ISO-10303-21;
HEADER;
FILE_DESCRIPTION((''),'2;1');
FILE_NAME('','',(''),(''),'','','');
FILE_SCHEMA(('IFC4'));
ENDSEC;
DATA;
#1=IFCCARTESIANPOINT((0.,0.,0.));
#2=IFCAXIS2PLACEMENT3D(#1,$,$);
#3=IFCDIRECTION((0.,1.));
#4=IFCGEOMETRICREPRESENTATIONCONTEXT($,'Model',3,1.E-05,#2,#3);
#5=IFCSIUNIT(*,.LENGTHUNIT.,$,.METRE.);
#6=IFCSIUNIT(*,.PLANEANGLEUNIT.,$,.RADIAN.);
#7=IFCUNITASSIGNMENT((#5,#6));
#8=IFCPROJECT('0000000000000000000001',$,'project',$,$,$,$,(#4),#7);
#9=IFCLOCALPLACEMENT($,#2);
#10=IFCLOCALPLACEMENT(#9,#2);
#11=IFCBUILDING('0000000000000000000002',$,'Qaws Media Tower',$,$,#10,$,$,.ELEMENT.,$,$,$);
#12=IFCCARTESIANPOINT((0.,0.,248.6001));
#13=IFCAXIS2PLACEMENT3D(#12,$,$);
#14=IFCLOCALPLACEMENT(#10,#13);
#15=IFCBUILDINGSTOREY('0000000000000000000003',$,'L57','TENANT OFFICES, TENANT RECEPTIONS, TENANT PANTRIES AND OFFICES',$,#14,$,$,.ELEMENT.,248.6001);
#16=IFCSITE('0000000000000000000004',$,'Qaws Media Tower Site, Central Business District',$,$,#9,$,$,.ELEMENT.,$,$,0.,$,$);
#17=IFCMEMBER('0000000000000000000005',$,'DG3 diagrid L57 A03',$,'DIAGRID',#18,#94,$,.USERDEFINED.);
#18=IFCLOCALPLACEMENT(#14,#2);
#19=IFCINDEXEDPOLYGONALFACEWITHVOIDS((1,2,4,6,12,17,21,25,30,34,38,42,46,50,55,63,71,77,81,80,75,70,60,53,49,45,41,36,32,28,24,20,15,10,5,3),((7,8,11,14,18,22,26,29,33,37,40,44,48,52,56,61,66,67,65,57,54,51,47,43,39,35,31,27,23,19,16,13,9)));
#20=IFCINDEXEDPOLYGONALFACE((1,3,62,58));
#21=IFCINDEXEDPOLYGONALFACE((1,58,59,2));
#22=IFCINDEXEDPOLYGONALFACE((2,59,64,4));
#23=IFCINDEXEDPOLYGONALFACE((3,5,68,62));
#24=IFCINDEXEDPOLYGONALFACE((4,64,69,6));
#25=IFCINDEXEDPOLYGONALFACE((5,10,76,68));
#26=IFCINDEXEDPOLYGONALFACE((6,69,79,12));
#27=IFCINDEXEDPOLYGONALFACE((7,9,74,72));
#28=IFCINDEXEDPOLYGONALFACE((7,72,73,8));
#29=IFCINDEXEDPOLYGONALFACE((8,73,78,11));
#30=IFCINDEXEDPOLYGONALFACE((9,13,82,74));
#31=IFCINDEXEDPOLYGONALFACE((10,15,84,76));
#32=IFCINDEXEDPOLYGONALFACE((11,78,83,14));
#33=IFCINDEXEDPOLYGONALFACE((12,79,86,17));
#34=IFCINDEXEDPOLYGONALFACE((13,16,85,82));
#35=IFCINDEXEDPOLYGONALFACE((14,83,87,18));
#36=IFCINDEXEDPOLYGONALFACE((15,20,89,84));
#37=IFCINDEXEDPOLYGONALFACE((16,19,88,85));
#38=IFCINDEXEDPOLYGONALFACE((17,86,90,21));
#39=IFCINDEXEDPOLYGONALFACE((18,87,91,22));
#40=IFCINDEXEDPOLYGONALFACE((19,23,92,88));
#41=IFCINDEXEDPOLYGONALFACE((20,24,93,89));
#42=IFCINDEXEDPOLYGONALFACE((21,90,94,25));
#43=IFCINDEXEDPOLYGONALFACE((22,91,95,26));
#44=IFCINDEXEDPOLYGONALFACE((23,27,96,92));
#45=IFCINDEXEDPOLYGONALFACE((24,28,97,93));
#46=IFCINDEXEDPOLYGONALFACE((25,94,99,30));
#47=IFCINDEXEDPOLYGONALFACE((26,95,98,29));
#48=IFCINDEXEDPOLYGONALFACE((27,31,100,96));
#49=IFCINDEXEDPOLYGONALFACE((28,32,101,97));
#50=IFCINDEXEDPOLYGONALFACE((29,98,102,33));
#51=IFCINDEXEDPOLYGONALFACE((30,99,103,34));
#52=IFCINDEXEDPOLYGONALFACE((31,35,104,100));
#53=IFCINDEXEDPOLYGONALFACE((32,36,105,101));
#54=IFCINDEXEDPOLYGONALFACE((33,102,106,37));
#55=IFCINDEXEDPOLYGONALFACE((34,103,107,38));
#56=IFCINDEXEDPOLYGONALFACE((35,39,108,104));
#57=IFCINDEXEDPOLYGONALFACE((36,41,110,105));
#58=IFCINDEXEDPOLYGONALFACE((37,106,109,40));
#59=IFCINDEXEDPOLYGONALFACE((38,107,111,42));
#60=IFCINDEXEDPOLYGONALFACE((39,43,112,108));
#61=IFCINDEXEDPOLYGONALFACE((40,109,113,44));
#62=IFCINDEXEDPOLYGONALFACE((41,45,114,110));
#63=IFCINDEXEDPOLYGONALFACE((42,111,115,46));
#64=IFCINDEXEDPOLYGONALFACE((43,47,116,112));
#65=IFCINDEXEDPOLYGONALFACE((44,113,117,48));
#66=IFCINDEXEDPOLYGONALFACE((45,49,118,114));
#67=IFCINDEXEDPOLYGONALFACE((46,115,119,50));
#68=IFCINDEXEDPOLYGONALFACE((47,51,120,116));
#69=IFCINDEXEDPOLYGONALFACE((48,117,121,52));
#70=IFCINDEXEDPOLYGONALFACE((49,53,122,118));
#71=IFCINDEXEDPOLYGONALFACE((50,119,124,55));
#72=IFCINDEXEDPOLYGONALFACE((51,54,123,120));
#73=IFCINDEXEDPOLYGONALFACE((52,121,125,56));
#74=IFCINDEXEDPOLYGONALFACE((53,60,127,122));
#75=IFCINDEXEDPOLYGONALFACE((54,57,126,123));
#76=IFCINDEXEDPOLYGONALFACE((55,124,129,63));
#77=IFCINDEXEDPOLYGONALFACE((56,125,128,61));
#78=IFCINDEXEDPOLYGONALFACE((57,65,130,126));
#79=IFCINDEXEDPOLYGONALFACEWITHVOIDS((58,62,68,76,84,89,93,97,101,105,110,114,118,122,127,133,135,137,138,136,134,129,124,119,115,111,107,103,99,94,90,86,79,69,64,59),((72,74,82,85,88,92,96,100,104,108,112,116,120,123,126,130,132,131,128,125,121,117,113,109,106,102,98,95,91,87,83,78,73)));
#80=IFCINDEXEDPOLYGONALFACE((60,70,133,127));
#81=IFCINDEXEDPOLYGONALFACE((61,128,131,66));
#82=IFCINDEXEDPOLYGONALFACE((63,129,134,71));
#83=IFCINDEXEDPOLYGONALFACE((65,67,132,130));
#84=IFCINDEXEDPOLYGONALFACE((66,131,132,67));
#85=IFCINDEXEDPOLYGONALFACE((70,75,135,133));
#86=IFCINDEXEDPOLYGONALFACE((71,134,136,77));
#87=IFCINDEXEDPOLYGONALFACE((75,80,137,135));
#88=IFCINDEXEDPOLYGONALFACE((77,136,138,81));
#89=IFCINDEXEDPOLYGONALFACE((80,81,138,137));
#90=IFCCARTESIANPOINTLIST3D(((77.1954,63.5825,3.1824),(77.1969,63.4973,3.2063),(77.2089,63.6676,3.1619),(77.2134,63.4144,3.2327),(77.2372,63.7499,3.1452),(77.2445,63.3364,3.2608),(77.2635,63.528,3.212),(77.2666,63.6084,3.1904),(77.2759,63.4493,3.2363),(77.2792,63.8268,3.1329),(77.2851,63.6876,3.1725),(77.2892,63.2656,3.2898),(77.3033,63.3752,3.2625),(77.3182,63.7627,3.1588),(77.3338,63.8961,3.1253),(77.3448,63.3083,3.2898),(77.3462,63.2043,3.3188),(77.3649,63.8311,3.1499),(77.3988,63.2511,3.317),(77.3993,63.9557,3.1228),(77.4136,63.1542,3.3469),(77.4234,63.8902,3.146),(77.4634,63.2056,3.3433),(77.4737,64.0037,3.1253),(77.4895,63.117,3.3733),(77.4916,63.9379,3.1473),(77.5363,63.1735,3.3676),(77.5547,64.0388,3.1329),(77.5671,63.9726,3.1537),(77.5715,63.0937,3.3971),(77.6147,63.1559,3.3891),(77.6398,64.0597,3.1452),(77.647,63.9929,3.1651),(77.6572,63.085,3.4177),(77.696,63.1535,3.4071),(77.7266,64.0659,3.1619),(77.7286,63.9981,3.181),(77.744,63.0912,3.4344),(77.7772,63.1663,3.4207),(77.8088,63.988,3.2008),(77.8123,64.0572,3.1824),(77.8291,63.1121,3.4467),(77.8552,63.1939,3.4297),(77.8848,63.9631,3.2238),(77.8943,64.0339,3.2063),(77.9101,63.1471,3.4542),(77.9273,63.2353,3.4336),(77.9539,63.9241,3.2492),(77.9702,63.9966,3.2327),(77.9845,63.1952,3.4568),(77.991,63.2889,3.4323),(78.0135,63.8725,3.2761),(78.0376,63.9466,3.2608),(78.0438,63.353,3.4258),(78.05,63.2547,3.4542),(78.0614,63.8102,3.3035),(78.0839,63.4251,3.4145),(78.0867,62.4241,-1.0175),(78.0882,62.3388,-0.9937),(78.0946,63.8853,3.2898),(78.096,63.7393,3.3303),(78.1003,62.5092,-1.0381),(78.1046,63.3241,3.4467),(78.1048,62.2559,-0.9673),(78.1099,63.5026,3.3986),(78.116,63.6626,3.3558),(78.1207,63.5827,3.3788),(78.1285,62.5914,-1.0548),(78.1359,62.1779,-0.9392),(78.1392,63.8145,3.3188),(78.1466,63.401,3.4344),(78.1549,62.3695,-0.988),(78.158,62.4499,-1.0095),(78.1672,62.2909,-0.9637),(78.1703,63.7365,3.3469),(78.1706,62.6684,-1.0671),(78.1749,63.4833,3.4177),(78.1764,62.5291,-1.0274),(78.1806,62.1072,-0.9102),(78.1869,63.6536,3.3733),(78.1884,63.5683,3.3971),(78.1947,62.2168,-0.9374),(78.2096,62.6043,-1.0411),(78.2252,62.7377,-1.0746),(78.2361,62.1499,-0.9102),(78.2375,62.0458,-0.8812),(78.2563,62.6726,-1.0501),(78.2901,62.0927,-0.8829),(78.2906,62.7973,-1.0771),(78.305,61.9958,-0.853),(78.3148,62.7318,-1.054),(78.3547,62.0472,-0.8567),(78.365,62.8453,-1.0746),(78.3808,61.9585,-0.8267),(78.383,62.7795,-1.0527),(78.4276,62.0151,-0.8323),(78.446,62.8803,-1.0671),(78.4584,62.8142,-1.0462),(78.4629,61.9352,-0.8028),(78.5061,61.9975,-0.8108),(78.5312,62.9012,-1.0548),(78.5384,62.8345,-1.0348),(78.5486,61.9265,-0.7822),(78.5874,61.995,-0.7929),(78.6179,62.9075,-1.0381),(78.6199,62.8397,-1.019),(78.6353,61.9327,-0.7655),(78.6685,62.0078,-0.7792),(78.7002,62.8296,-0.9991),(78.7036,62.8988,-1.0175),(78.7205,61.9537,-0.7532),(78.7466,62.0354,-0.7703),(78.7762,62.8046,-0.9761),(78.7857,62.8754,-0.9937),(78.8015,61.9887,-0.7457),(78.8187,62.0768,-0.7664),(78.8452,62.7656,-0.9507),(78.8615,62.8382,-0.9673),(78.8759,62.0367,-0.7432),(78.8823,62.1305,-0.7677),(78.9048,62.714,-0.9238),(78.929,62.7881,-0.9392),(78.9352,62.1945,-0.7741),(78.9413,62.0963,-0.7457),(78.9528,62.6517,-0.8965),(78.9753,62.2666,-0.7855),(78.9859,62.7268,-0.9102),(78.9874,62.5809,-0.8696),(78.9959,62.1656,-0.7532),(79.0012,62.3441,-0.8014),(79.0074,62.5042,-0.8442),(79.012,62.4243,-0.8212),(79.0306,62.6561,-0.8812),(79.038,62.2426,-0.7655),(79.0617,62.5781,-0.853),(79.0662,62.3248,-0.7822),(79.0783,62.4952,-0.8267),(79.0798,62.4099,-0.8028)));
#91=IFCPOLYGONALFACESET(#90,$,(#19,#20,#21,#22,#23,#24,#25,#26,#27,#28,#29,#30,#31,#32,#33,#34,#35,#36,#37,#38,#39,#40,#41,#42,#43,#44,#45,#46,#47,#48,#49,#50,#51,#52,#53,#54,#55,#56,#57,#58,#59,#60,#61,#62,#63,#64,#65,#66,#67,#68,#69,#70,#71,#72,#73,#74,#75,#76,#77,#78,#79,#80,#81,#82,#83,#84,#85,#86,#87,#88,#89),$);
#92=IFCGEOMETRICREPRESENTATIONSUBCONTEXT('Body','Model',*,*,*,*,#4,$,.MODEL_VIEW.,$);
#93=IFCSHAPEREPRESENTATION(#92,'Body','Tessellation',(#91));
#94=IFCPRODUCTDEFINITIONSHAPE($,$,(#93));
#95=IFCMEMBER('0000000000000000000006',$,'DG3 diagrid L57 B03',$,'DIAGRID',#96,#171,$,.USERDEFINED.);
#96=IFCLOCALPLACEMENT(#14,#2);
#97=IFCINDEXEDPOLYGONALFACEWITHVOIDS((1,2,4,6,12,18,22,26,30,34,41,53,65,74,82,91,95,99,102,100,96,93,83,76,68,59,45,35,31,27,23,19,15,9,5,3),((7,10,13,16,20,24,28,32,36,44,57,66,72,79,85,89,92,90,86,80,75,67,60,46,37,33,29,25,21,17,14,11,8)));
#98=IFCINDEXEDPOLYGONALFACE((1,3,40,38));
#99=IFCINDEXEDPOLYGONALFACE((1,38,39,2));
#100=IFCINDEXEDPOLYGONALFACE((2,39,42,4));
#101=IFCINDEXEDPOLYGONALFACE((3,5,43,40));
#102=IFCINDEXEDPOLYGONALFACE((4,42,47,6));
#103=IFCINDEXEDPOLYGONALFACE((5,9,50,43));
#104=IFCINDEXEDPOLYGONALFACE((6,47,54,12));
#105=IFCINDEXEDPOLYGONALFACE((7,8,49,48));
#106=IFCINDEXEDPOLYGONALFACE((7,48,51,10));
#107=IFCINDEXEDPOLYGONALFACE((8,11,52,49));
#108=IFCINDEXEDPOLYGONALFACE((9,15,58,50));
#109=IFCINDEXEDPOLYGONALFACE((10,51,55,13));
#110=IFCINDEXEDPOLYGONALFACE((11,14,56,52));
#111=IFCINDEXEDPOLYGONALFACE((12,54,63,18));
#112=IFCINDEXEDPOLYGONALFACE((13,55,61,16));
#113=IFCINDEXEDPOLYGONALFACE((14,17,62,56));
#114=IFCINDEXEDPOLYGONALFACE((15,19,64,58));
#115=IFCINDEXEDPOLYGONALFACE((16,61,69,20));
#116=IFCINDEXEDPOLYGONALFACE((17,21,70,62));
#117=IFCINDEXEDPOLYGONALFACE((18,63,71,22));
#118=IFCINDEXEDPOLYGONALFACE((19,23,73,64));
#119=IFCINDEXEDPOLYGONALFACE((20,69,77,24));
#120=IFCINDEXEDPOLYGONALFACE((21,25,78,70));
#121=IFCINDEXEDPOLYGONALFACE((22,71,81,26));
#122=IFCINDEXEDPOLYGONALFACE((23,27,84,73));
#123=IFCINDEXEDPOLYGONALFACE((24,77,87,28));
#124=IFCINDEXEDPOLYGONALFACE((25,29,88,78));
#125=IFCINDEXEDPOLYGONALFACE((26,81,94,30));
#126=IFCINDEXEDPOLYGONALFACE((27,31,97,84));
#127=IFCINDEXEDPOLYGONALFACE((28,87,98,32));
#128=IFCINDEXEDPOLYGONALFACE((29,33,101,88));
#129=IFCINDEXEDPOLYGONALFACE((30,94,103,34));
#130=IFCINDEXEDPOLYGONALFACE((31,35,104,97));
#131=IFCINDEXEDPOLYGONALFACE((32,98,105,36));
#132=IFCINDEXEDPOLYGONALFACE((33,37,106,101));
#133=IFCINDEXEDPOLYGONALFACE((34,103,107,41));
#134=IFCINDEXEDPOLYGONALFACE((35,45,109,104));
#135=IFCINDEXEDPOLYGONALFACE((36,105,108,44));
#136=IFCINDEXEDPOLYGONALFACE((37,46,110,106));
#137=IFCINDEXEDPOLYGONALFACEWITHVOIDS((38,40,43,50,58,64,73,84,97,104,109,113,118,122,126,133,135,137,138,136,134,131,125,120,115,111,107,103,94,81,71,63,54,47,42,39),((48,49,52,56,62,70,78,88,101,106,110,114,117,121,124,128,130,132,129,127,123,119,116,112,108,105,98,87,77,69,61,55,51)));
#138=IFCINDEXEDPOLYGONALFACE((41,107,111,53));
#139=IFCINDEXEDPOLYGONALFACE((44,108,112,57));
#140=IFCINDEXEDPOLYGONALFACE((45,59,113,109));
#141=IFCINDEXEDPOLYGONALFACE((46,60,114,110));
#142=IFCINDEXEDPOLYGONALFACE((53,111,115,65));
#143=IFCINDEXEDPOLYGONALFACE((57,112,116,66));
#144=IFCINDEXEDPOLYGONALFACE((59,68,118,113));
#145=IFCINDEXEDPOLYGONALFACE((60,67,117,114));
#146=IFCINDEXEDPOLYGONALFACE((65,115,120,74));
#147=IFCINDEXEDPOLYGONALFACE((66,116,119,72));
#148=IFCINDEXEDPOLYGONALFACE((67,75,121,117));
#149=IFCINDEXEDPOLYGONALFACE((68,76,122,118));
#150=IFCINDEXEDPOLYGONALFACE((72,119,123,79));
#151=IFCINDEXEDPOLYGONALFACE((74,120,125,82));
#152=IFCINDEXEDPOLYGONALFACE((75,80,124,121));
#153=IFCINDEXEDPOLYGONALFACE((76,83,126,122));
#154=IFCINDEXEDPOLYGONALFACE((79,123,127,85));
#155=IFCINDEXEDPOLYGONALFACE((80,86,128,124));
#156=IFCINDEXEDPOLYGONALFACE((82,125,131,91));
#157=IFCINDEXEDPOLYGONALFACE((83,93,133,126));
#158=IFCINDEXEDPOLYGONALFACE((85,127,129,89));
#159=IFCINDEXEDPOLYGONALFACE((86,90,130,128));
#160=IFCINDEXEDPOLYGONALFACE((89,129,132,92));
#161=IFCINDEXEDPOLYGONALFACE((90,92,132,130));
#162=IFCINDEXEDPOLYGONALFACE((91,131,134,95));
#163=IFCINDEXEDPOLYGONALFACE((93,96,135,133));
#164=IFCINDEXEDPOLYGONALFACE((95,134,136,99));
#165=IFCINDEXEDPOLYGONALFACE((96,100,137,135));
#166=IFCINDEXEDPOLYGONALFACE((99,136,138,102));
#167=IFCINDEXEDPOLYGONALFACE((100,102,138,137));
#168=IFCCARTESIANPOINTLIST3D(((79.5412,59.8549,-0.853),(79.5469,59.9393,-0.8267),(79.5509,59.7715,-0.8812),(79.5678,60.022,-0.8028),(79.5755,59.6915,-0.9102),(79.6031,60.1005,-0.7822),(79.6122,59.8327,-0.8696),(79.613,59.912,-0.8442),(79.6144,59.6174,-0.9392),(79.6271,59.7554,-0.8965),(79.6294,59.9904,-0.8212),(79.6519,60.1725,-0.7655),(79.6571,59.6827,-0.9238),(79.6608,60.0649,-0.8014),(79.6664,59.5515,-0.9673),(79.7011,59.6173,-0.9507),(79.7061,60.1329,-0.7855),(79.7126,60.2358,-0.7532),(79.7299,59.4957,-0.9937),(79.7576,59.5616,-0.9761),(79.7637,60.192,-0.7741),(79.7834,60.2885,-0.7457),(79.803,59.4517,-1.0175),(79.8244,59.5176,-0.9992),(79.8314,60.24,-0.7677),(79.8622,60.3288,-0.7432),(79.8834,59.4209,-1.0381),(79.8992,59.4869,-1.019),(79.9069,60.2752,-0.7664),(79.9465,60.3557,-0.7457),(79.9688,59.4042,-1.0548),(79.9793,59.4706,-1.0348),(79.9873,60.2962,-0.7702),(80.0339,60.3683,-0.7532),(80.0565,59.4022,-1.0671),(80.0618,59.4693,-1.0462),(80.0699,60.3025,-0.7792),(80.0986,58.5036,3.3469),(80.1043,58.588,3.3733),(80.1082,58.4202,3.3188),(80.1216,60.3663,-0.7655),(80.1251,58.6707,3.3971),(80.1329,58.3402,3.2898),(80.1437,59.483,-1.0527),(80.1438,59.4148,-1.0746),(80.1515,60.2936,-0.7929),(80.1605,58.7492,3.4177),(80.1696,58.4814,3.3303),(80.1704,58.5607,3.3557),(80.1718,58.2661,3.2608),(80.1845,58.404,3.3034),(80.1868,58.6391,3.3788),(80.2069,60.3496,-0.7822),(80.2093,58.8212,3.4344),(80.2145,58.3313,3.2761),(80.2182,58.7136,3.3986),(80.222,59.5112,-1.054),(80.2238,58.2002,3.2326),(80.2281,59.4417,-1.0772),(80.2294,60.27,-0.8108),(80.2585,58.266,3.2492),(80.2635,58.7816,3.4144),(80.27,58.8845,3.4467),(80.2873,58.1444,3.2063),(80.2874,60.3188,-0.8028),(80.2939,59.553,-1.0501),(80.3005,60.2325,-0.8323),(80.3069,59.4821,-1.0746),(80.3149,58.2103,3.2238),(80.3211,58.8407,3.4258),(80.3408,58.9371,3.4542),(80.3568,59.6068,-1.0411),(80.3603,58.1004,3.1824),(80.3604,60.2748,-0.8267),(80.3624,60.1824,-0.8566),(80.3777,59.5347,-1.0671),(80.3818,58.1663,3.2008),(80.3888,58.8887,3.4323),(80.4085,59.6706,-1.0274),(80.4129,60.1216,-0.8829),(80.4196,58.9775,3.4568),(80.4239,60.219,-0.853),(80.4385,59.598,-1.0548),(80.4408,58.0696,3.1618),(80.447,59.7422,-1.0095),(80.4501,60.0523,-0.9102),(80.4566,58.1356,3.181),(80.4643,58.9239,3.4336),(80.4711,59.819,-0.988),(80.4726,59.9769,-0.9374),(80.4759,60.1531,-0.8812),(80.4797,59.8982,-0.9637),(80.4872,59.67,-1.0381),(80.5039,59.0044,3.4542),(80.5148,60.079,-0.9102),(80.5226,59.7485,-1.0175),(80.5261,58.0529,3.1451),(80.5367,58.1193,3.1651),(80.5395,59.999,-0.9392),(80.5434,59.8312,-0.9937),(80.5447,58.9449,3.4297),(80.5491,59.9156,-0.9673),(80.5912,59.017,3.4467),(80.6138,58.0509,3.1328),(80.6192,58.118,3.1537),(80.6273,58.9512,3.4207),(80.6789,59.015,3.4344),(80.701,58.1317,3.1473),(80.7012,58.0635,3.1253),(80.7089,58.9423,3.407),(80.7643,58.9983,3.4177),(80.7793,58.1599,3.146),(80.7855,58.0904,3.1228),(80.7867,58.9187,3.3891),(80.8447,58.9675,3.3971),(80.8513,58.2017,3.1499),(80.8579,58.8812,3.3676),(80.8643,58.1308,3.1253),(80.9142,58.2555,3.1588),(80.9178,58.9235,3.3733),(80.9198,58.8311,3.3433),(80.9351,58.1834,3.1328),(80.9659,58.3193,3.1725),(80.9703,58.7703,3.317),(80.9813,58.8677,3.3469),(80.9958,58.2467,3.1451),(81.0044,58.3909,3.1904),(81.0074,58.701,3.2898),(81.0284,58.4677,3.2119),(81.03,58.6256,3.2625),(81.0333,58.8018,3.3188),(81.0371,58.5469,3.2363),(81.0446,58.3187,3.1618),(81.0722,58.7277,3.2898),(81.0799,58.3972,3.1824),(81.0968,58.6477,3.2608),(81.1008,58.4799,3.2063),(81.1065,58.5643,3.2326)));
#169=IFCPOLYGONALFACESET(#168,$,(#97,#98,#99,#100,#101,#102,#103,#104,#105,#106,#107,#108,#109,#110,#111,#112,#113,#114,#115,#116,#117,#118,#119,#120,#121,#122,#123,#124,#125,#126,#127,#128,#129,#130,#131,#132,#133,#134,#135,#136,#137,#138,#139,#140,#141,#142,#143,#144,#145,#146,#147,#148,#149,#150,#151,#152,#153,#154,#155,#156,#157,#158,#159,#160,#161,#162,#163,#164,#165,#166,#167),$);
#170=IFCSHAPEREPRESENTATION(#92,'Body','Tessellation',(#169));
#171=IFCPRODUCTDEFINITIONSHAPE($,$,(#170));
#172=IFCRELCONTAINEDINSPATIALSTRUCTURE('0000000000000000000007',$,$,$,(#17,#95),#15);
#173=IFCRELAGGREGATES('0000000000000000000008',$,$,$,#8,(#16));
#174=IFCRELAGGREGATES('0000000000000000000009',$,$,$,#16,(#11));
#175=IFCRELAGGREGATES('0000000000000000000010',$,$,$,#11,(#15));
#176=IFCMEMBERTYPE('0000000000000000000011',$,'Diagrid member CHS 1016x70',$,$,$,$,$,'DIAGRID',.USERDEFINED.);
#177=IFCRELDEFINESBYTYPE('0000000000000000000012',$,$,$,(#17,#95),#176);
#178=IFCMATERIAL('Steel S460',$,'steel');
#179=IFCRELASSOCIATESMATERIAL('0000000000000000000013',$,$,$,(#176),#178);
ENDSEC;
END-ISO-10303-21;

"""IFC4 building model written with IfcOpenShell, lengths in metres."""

from ifc_helpers import new_model, si_unit, direction, frame, origin, origin_2d, place, context, subcontext, project, spatial, hollow_circle, extrude, material, material_profile, profile_set, type_object, element, save


model = new_model("IFC4")

# Units and contexts
model_context = context("Model", 3, precision=1e-05, world=origin(), true_north=direction((0.0, 1.0)))
body_context = subcontext(model_context, "Body", "Model", "MODEL_VIEW")
ifc_project = project(units=[si_unit("LENGTHUNIT", "METRE"), si_unit("PLANEANGLEUNIT", "RADIAN")], contexts=[model_context])

# Site, building, storey
site_placement = place(None, origin())
site = spatial("IfcSite", under=ifc_project, at=site_placement, Name="Qaws Media Tower Site, Central Business District", CompositionType="ELEMENT", RefElevation=0.0)
building_placement = place(site_placement, origin())
building = spatial("IfcBuilding", under=site, at=building_placement, Name="Qaws Media Tower", CompositionType="ELEMENT")
storey_placement = place(building_placement, frame((0.0, 0.0, 248.6001)))
storey = spatial("IfcBuildingStorey", under=building, at=storey_placement, Name="L57", Description="TENANT OFFICES, TENANT RECEPTIONS, TENANT PANTRIES AND OFFICES", CompositionType="ELEMENT", Elevation=248.6001)

# Members
ifc_material_1 = material(Name="Steel S460", Category="steel")
ifc_material_profile_1 = material_profile(ifc_material_1, hollow_circle(Radius=0.5081, WallThickness=0.0701, at=origin_2d()), Name="CHS 1016x70")
ifc_profile_set_1 = profile_set([ifc_material_profile_1], Name="Steel S460")
member_type_1 = type_object("IfcMemberType", Name="Diagrid member CHS 1016x70", ElementType="DIAGRID", PredefinedType="USERDEFINED", material=ifc_profile_set_1)
for number, where, z_axis, x_axis, name in (
    (1, (78.5833, 62.417, -0.9102), (-0.200439, 0.260499, 0.944439), (-0.792543, -0.609816, 0.0), "DG3 diagrid L57 A03"),
    (2, (80.0452, 59.8853, -0.9102), (0.125335, -0.303868, 0.944434), (0.92445, 0.381304, 0.0), "DG3 diagrid L57 B03"),
):
    element("IfcMember", number, at=place(storey_placement, frame(where, z_axis=z_axis, x_axis=x_axis)), inside=storey, type_object=member_type_1, Name=name, ObjectType="DIAGRID", PredefinedType="USERDEFINED", context=body_context, shape_type="SweptSolid", body=[
        extrude(hollow_circle(Radius=0.5081, WallThickness=0.0701, at=origin_2d()), origin(), (0.0, 0.0, 1.0), 4.447),
    ])

save(model, "model.ifc")
